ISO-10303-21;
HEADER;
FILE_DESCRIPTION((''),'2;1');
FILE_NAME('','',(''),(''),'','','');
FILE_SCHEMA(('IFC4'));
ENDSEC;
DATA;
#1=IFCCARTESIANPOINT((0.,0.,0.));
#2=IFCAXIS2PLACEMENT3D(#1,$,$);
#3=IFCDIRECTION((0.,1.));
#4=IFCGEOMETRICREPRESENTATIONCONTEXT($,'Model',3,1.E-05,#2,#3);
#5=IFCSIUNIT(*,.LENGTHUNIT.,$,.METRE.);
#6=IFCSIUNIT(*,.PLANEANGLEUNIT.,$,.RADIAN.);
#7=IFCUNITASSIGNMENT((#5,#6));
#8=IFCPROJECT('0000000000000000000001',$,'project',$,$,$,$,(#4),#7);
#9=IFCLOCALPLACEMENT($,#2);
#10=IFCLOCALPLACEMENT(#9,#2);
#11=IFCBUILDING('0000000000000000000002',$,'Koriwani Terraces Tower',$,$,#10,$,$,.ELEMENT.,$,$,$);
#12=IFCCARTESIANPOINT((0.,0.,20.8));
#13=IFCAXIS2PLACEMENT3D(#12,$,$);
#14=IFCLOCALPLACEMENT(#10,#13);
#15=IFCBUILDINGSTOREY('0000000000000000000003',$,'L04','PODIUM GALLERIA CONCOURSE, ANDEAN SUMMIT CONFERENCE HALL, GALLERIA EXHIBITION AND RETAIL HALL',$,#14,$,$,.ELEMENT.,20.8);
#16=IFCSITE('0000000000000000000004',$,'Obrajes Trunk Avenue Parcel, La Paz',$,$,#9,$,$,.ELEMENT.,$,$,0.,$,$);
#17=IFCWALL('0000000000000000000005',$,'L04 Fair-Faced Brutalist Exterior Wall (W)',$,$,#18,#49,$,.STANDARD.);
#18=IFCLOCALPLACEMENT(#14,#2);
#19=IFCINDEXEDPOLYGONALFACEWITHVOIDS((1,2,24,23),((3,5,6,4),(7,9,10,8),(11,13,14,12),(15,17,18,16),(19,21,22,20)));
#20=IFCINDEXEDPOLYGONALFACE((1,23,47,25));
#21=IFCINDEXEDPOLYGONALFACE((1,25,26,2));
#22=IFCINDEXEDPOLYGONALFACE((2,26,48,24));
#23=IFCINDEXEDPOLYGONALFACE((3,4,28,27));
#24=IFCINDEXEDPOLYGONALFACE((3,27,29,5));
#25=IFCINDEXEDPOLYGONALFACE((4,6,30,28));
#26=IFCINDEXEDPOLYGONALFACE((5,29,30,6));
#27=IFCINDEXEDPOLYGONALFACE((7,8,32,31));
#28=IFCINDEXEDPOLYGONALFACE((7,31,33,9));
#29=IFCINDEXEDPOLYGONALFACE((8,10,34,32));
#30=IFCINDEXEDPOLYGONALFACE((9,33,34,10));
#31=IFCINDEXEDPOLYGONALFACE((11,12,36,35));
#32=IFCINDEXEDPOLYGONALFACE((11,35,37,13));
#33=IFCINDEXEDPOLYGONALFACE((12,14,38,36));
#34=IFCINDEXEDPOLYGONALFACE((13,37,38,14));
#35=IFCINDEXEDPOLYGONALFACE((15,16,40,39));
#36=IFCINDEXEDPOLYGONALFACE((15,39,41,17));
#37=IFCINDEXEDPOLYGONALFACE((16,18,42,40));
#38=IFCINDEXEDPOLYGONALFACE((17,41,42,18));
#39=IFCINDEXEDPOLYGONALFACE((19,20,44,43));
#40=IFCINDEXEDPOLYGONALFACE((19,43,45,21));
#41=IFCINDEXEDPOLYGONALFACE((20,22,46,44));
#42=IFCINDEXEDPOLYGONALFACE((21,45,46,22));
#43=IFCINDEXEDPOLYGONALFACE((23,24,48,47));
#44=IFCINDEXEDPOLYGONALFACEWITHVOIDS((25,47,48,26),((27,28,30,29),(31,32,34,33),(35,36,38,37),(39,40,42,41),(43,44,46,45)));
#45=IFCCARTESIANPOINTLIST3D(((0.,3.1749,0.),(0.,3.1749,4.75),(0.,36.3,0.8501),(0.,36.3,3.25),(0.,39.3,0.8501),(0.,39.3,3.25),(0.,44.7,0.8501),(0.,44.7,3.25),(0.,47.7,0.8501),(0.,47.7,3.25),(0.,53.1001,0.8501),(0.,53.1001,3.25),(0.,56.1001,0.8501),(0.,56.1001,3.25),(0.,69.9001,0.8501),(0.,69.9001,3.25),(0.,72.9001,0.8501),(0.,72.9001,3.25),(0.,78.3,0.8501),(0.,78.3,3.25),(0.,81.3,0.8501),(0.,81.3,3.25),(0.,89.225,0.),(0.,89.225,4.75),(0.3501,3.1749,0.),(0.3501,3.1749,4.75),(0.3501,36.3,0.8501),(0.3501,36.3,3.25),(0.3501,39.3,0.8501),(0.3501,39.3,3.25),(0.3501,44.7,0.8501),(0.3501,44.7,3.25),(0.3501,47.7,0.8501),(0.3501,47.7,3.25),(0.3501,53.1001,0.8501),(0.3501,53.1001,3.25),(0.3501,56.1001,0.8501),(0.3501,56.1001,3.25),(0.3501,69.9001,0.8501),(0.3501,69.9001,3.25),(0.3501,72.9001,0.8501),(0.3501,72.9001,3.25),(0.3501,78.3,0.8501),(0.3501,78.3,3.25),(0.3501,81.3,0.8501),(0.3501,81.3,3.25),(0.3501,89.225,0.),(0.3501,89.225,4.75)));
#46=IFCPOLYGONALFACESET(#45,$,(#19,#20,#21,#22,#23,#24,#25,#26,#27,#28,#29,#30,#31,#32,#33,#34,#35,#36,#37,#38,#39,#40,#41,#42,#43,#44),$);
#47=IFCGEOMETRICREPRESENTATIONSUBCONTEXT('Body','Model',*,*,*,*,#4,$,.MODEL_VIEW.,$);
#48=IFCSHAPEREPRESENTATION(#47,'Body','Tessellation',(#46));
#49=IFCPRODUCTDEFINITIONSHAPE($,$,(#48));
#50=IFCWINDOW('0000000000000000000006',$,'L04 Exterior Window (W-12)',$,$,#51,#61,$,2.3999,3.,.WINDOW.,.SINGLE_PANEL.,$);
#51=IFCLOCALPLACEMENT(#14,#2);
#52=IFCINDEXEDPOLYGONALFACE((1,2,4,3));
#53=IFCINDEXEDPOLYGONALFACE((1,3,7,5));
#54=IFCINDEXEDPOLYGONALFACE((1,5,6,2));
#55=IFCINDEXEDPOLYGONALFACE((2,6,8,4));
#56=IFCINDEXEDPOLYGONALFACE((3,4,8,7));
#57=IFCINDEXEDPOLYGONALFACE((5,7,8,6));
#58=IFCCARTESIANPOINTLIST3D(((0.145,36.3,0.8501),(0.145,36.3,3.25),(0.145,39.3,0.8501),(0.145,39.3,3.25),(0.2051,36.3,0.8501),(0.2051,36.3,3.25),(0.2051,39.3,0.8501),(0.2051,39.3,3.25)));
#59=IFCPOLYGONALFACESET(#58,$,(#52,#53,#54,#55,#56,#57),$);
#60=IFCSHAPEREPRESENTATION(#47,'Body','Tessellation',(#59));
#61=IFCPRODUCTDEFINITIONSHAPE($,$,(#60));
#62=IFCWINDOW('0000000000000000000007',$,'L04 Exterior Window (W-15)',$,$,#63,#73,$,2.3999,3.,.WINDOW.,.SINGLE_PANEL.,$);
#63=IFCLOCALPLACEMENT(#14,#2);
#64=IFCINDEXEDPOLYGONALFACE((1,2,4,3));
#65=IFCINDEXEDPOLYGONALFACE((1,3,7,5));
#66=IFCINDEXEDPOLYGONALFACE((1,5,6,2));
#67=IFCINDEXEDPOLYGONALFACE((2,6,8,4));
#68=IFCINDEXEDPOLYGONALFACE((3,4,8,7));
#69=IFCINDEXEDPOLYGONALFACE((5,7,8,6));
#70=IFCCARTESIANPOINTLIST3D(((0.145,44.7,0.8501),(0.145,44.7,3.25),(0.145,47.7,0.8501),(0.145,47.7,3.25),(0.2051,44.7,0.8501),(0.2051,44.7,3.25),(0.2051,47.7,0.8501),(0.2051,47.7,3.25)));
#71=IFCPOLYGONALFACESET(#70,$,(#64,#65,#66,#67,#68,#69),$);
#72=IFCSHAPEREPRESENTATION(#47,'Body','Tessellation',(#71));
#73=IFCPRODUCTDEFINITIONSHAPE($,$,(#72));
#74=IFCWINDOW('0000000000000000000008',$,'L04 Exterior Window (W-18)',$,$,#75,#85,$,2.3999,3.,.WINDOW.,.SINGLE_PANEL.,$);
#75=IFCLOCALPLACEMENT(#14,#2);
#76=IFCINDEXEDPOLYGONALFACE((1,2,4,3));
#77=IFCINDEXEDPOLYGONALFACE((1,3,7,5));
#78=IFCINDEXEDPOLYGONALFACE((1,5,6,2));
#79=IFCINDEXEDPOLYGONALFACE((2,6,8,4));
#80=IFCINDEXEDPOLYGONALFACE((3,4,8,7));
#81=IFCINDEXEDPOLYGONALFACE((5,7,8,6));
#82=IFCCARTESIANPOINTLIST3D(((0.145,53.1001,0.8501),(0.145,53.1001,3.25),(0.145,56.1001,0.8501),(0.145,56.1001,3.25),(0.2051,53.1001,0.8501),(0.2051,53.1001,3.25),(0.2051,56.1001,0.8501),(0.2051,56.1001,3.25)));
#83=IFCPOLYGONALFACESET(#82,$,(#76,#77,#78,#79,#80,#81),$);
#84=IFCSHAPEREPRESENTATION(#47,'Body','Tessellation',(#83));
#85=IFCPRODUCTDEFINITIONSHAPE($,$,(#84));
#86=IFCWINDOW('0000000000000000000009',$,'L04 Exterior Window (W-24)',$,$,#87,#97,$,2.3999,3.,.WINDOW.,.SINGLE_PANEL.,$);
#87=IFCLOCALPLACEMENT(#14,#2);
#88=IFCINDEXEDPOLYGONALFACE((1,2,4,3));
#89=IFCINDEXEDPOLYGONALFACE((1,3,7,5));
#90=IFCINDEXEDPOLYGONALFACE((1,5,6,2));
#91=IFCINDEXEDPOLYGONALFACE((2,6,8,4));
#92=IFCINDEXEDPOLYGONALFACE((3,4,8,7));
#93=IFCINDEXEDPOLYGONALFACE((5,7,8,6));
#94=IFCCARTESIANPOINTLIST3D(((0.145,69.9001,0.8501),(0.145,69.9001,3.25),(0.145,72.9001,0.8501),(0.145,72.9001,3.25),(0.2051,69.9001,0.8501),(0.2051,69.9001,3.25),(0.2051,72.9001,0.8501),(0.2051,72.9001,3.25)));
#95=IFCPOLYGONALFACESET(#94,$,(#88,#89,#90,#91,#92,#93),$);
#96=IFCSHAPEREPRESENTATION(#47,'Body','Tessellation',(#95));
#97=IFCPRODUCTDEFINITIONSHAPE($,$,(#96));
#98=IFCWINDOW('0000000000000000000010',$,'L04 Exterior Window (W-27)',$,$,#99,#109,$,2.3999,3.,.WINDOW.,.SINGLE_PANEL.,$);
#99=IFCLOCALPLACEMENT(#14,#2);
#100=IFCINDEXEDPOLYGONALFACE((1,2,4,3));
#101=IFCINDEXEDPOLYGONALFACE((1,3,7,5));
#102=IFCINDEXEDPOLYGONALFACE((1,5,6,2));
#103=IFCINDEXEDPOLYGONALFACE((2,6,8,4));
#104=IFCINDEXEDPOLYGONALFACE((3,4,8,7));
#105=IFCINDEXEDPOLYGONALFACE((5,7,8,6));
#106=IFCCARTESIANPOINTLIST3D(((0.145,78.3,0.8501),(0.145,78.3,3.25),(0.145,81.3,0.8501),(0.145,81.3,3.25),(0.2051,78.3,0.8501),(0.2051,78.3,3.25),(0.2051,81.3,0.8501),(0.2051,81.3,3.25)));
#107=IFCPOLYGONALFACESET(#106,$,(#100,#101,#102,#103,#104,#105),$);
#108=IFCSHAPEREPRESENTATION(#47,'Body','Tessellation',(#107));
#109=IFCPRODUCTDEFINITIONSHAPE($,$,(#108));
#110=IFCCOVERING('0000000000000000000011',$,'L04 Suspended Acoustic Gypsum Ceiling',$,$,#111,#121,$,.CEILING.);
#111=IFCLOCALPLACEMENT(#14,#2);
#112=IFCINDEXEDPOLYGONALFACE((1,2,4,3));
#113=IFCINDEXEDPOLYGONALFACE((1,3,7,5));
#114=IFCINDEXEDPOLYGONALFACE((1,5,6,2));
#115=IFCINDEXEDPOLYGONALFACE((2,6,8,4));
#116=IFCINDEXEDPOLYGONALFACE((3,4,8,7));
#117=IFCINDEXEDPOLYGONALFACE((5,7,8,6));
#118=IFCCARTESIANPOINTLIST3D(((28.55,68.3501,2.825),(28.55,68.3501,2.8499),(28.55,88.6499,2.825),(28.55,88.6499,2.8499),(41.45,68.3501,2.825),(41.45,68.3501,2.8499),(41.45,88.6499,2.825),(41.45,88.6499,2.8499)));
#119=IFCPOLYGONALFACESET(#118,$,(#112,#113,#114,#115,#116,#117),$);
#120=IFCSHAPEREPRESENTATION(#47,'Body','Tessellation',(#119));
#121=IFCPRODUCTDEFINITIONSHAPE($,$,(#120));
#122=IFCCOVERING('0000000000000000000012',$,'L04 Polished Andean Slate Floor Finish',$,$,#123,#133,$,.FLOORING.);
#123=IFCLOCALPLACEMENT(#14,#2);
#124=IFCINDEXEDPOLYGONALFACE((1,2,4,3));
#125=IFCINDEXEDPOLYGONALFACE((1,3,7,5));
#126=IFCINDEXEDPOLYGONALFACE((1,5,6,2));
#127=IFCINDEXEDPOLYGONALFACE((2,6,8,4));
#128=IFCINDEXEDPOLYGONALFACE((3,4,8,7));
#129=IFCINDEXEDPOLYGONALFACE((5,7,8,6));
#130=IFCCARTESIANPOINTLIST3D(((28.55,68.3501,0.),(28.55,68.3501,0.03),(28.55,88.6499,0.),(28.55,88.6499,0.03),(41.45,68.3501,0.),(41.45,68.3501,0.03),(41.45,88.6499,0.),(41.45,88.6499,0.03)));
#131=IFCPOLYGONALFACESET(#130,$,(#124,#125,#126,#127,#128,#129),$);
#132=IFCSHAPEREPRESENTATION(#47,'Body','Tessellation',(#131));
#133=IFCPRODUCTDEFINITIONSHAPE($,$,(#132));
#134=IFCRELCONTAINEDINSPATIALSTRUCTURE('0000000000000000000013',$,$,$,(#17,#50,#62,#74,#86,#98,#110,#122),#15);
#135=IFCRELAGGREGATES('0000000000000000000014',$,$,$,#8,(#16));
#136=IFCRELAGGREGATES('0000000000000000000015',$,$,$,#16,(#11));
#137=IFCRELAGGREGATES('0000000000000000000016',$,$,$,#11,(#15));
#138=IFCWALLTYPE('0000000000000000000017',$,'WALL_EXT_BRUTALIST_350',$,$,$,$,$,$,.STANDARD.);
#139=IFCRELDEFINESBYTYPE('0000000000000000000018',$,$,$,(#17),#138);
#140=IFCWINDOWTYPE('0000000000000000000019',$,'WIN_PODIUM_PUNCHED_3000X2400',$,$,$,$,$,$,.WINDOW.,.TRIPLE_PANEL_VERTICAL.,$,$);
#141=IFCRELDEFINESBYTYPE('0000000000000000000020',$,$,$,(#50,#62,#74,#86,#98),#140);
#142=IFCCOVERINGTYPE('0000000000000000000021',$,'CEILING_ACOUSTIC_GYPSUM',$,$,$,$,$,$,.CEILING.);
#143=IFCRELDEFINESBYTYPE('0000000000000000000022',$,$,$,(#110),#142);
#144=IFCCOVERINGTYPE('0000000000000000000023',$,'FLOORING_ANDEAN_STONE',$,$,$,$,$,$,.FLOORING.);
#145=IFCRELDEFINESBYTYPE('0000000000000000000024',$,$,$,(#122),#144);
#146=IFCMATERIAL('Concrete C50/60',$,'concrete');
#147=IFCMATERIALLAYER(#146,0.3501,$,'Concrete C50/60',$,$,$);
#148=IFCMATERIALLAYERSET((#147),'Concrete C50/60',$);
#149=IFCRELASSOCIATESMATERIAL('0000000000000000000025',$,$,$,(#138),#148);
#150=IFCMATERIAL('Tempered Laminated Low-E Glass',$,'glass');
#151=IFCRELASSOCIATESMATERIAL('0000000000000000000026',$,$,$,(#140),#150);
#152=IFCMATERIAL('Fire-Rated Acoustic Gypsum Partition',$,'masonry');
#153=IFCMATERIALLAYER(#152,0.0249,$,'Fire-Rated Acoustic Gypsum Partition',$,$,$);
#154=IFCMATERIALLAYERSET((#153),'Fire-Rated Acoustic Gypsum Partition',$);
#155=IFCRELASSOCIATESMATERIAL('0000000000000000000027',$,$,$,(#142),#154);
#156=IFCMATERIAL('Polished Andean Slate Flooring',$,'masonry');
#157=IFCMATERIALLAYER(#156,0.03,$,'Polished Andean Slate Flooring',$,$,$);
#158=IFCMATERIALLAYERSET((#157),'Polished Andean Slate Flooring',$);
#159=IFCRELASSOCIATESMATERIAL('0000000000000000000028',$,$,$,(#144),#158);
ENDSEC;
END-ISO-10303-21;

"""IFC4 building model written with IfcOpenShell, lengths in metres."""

from ifc_helpers import new_model, si_unit, direction, frame, frame_2d, origin, place, context, subcontext, project, spatial, polyline, rectangle, outline, extrude, material, layer, layer_set, type_object, element, fill, save


model = new_model("IFC4")

# Units and contexts
model_context = context("Model", 3, precision=1e-05, world=origin(), true_north=direction((0.0, 1.0)))
body_context = subcontext(model_context, "Body", "Model", "MODEL_VIEW")
ifc_project = project(units=[si_unit("LENGTHUNIT", "METRE"), si_unit("PLANEANGLEUNIT", "RADIAN")], contexts=[model_context])

# Site, building, storey
site_placement = place(None, origin())
site = spatial("IfcSite", under=ifc_project, at=site_placement, Name="Obrajes Trunk Avenue Parcel, La Paz", CompositionType="ELEMENT", RefElevation=0.0)
building_placement = place(site_placement, origin())
building = spatial("IfcBuilding", under=site, at=building_placement, Name="Koriwani Terraces Tower", CompositionType="ELEMENT")
storey_placement = place(building_placement, frame((0.0, 0.0, 20.8)))
storey = spatial("IfcBuildingStorey", under=building, at=storey_placement, Name="L04", Description="PODIUM GALLERIA CONCOURSE, ANDEAN SUMMIT CONFERENCE HALL, GALLERIA EXHIBITION AND RETAIL HALL", CompositionType="ELEMENT", Elevation=20.8)

# Shared definitions
ifc_material_1 = material(Name="Concrete C50/60", Category="concrete")

# Shared definitions
ifc_layer_1 = layer(ifc_material_1, 0.3501, Name="Concrete C50/60")
ifc_layer_set_1 = layer_set([ifc_layer_1], Name="Concrete C50/60")
wall_type = type_object("IfcWallType", Name="WALL_EXT_BRUTALIST_350", PredefinedType="STANDARD", material=ifc_layer_set_1)

# Wall, openings, windows
wall_placement = place(storey_placement, frame((0.175, 3.175, 0.0), z_axis=(0.0, 0.0, 1.0), x_axis=(0.0, 1.0, 0.0)))
wall = element("IfcWall", 1, at=wall_placement, inside=storey, type_object=wall_type, Name="L04 Fair-Faced Brutalist Exterior Wall (W)", PredefinedType="STANDARD", context=body_context, shape_type="SweptSolid", body=[
    extrude(rectangle(XDim=86.05, YDim=0.3501, at=frame_2d((43.0249, 0.0))), origin(), (0.0, 0.0, 1.0), 4.75),
])
opening_1_placement = place(wall_placement, frame((33.125, 0.0, 0.8501)))
opening_1 = element("IfcOpeningElement", 2, at=opening_1_placement, cuts=wall, PredefinedType="OPENING", context=body_context, shape_type="SweptSolid", body=[
    extrude(rectangle(XDim=3.0, YDim=2.3999, at=frame_2d((1.5, 1.2))), frame((0.0, 0.1851, 0.0), z_axis=(0.0, -1.0, 0.0), x_axis=(1.0, 0.0, 0.0)), (0.0, 0.0, 1.0), 0.3701),
])
opening_2_placement = place(wall_placement, frame((41.5249, 0.0, 0.8501)))
opening_2 = element("IfcOpeningElement", 3, at=opening_2_placement, cuts=wall, PredefinedType="OPENING", context=body_context, shape_type="SweptSolid", body=[
    extrude(rectangle(XDim=3.0, YDim=2.3999, at=frame_2d((1.5, 1.2))), frame((0.0, 0.1851, 0.0), z_axis=(0.0, -1.0, 0.0), x_axis=(1.0, 0.0, 0.0)), (0.0, 0.0, 1.0), 0.3701),
])
opening_3_placement = place(wall_placement, frame((49.925, 0.0, 0.8501)))
opening_3 = element("IfcOpeningElement", 4, at=opening_3_placement, cuts=wall, PredefinedType="OPENING", context=body_context, shape_type="SweptSolid", body=[
    extrude(rectangle(XDim=3.0, YDim=2.3999, at=frame_2d((1.5, 1.2))), frame((0.0, 0.1851, 0.0), z_axis=(0.0, -1.0, 0.0), x_axis=(1.0, 0.0, 0.0)), (0.0, 0.0, 1.0), 0.3701),
])
opening_4_placement = place(wall_placement, frame((66.7251, 0.0, 0.8501)))
opening_4 = element("IfcOpeningElement", 5, at=opening_4_placement, cuts=wall, PredefinedType="OPENING", context=body_context, shape_type="SweptSolid", body=[
    extrude(rectangle(XDim=3.0, YDim=2.3999, at=frame_2d((1.5, 1.2))), frame((0.0, 0.1851, 0.0), z_axis=(0.0, -1.0, 0.0), x_axis=(1.0, 0.0, 0.0)), (0.0, 0.0, 1.0), 0.3701),
])
opening_5_placement = place(wall_placement, frame((75.125, 0.0, 0.8501)))
opening_5 = element("IfcOpeningElement", 6, at=opening_5_placement, cuts=wall, PredefinedType="OPENING", context=body_context, shape_type="SweptSolid", body=[
    extrude(rectangle(XDim=3.0, YDim=2.3999, at=frame_2d((1.5, 1.2))), frame((0.0, 0.1851, 0.0), z_axis=(0.0, -1.0, 0.0), x_axis=(1.0, 0.0, 0.0)), (0.0, 0.0, 1.0), 0.3701),
])
ifc_material_2 = material(Name="Tempered Laminated Low-E Glass", Category="glass")
window_type = type_object("IfcWindowType", Name="WIN_PODIUM_PUNCHED_3000X2400", PartitioningType="TRIPLE_PANEL_VERTICAL", PredefinedType="WINDOW", material=ifc_material_2)
window_1_placement = place(opening_1_placement, origin())
window_1 = element("IfcWindow", 7, at=window_1_placement, inside=storey, type_object=window_type, Name="L04 Exterior Window (W-12)", OverallHeight=2.3999, OverallWidth=3.0, PartitioningType="SINGLE_PANEL", PredefinedType="WINDOW", context=body_context, shape_type="SweptSolid", body=[
    extrude(rectangle(XDim=3.0, YDim=2.3999, at=frame_2d((1.5, 1.2))), frame((0.0, 0.03, 0.0), z_axis=(0.0, -1.0, 0.0), x_axis=(1.0, 0.0, 0.0)), (0.0, 0.0, 1.0), 0.0601),
])
fill(opening_1, window_1)
window_2_placement = place(opening_2_placement, origin())
window_2 = element("IfcWindow", 8, at=window_2_placement, inside=storey, type_object=window_type, Name="L04 Exterior Window (W-15)", OverallHeight=2.3999, OverallWidth=3.0, PartitioningType="SINGLE_PANEL", PredefinedType="WINDOW", context=body_context, shape_type="SweptSolid", body=[
    extrude(rectangle(XDim=3.0, YDim=2.3999, at=frame_2d((1.5, 1.2))), frame((0.0, 0.03, 0.0), z_axis=(0.0, -1.0, 0.0), x_axis=(1.0, 0.0, 0.0)), (0.0, 0.0, 1.0), 0.0601),
])
fill(opening_2, window_2)
window_3_placement = place(opening_3_placement, origin())
window_3 = element("IfcWindow", 9, at=window_3_placement, inside=storey, type_object=window_type, Name="L04 Exterior Window (W-18)", OverallHeight=2.3999, OverallWidth=3.0, PartitioningType="SINGLE_PANEL", PredefinedType="WINDOW", context=body_context, shape_type="SweptSolid", body=[
    extrude(rectangle(XDim=3.0, YDim=2.3999, at=frame_2d((1.5, 1.2))), frame((0.0, 0.03, 0.0), z_axis=(0.0, -1.0, 0.0), x_axis=(1.0, 0.0, 0.0)), (0.0, 0.0, 1.0), 0.0601),
])
fill(opening_3, window_3)
window_4_placement = place(opening_4_placement, origin())
window_4 = element("IfcWindow", 10, at=window_4_placement, inside=storey, type_object=window_type, Name="L04 Exterior Window (W-24)", OverallHeight=2.3999, OverallWidth=3.0, PartitioningType="SINGLE_PANEL", PredefinedType="WINDOW", context=body_context, shape_type="SweptSolid", body=[
    extrude(rectangle(XDim=3.0, YDim=2.3999, at=frame_2d((1.5, 1.2))), frame((0.0, 0.03, 0.0), z_axis=(0.0, -1.0, 0.0), x_axis=(1.0, 0.0, 0.0)), (0.0, 0.0, 1.0), 0.0601),
])
fill(opening_4, window_4)
window_5_placement = place(opening_5_placement, origin())
window_5 = element("IfcWindow", 11, at=window_5_placement, inside=storey, type_object=window_type, Name="L04 Exterior Window (W-27)", OverallHeight=2.3999, OverallWidth=3.0, PartitioningType="SINGLE_PANEL", PredefinedType="WINDOW", context=body_context, shape_type="SweptSolid", body=[
    extrude(rectangle(XDim=3.0, YDim=2.3999, at=frame_2d((1.5, 1.2))), frame((0.0, 0.03, 0.0), z_axis=(0.0, -1.0, 0.0), x_axis=(1.0, 0.0, 0.0)), (0.0, 0.0, 1.0), 0.0601),
])
fill(opening_5, window_5)

# Coverings
ifc_material_3 = material(Name="Fire-Rated Acoustic Gypsum Partition", Category="masonry")
ifc_layer_2 = layer(ifc_material_3, 0.0249, Name="Fire-Rated Acoustic Gypsum Partition")
ifc_layer_set_2 = layer_set([ifc_layer_2], Name="Fire-Rated Acoustic Gypsum Partition")
covering_type_1 = type_object("IfcCoveringType", Name="CEILING_ACOUSTIC_GYPSUM", PredefinedType="CEILING", material=ifc_layer_set_2)
covering_1_placement = place(storey_placement, frame((0.0, 0.0, 2.825)))
element("IfcCovering", 12, at=covering_1_placement, inside=storey, type_object=covering_type_1, Name="L04 Suspended Acoustic Gypsum Ceiling", PredefinedType="CEILING", context=body_context, shape_type="SweptSolid", body=[
    extrude(outline(polyline([(28.55, 68.3501), (28.55, 88.6499), (41.45, 88.6499), (41.45, 68.3501), (28.55, 68.3501)])), origin(), (0.0, 0.0, 1.0), 0.0249),
])
ifc_material_4 = material(Name="Polished Andean Slate Flooring", Category="masonry")
ifc_layer_3 = layer(ifc_material_4, 0.03, Name="Polished Andean Slate Flooring")
ifc_layer_set_3 = layer_set([ifc_layer_3], Name="Polished Andean Slate Flooring")
covering_type_2 = type_object("IfcCoveringType", Name="FLOORING_ANDEAN_STONE", PredefinedType="FLOORING", material=ifc_layer_set_3)
covering_2_placement = place(storey_placement, origin())
element("IfcCovering", 13, at=covering_2_placement, inside=storey, type_object=covering_type_2, Name="L04 Polished Andean Slate Floor Finish", PredefinedType="FLOORING", context=body_context, shape_type="SweptSolid", body=[
    extrude(outline(polyline([(28.55, 68.3501), (28.55, 88.6499), (41.45, 88.6499), (41.45, 68.3501), (28.55, 68.3501)])), origin(), (0.0, 0.0, 1.0), 0.03),
])

save(model, "model.ifc")
